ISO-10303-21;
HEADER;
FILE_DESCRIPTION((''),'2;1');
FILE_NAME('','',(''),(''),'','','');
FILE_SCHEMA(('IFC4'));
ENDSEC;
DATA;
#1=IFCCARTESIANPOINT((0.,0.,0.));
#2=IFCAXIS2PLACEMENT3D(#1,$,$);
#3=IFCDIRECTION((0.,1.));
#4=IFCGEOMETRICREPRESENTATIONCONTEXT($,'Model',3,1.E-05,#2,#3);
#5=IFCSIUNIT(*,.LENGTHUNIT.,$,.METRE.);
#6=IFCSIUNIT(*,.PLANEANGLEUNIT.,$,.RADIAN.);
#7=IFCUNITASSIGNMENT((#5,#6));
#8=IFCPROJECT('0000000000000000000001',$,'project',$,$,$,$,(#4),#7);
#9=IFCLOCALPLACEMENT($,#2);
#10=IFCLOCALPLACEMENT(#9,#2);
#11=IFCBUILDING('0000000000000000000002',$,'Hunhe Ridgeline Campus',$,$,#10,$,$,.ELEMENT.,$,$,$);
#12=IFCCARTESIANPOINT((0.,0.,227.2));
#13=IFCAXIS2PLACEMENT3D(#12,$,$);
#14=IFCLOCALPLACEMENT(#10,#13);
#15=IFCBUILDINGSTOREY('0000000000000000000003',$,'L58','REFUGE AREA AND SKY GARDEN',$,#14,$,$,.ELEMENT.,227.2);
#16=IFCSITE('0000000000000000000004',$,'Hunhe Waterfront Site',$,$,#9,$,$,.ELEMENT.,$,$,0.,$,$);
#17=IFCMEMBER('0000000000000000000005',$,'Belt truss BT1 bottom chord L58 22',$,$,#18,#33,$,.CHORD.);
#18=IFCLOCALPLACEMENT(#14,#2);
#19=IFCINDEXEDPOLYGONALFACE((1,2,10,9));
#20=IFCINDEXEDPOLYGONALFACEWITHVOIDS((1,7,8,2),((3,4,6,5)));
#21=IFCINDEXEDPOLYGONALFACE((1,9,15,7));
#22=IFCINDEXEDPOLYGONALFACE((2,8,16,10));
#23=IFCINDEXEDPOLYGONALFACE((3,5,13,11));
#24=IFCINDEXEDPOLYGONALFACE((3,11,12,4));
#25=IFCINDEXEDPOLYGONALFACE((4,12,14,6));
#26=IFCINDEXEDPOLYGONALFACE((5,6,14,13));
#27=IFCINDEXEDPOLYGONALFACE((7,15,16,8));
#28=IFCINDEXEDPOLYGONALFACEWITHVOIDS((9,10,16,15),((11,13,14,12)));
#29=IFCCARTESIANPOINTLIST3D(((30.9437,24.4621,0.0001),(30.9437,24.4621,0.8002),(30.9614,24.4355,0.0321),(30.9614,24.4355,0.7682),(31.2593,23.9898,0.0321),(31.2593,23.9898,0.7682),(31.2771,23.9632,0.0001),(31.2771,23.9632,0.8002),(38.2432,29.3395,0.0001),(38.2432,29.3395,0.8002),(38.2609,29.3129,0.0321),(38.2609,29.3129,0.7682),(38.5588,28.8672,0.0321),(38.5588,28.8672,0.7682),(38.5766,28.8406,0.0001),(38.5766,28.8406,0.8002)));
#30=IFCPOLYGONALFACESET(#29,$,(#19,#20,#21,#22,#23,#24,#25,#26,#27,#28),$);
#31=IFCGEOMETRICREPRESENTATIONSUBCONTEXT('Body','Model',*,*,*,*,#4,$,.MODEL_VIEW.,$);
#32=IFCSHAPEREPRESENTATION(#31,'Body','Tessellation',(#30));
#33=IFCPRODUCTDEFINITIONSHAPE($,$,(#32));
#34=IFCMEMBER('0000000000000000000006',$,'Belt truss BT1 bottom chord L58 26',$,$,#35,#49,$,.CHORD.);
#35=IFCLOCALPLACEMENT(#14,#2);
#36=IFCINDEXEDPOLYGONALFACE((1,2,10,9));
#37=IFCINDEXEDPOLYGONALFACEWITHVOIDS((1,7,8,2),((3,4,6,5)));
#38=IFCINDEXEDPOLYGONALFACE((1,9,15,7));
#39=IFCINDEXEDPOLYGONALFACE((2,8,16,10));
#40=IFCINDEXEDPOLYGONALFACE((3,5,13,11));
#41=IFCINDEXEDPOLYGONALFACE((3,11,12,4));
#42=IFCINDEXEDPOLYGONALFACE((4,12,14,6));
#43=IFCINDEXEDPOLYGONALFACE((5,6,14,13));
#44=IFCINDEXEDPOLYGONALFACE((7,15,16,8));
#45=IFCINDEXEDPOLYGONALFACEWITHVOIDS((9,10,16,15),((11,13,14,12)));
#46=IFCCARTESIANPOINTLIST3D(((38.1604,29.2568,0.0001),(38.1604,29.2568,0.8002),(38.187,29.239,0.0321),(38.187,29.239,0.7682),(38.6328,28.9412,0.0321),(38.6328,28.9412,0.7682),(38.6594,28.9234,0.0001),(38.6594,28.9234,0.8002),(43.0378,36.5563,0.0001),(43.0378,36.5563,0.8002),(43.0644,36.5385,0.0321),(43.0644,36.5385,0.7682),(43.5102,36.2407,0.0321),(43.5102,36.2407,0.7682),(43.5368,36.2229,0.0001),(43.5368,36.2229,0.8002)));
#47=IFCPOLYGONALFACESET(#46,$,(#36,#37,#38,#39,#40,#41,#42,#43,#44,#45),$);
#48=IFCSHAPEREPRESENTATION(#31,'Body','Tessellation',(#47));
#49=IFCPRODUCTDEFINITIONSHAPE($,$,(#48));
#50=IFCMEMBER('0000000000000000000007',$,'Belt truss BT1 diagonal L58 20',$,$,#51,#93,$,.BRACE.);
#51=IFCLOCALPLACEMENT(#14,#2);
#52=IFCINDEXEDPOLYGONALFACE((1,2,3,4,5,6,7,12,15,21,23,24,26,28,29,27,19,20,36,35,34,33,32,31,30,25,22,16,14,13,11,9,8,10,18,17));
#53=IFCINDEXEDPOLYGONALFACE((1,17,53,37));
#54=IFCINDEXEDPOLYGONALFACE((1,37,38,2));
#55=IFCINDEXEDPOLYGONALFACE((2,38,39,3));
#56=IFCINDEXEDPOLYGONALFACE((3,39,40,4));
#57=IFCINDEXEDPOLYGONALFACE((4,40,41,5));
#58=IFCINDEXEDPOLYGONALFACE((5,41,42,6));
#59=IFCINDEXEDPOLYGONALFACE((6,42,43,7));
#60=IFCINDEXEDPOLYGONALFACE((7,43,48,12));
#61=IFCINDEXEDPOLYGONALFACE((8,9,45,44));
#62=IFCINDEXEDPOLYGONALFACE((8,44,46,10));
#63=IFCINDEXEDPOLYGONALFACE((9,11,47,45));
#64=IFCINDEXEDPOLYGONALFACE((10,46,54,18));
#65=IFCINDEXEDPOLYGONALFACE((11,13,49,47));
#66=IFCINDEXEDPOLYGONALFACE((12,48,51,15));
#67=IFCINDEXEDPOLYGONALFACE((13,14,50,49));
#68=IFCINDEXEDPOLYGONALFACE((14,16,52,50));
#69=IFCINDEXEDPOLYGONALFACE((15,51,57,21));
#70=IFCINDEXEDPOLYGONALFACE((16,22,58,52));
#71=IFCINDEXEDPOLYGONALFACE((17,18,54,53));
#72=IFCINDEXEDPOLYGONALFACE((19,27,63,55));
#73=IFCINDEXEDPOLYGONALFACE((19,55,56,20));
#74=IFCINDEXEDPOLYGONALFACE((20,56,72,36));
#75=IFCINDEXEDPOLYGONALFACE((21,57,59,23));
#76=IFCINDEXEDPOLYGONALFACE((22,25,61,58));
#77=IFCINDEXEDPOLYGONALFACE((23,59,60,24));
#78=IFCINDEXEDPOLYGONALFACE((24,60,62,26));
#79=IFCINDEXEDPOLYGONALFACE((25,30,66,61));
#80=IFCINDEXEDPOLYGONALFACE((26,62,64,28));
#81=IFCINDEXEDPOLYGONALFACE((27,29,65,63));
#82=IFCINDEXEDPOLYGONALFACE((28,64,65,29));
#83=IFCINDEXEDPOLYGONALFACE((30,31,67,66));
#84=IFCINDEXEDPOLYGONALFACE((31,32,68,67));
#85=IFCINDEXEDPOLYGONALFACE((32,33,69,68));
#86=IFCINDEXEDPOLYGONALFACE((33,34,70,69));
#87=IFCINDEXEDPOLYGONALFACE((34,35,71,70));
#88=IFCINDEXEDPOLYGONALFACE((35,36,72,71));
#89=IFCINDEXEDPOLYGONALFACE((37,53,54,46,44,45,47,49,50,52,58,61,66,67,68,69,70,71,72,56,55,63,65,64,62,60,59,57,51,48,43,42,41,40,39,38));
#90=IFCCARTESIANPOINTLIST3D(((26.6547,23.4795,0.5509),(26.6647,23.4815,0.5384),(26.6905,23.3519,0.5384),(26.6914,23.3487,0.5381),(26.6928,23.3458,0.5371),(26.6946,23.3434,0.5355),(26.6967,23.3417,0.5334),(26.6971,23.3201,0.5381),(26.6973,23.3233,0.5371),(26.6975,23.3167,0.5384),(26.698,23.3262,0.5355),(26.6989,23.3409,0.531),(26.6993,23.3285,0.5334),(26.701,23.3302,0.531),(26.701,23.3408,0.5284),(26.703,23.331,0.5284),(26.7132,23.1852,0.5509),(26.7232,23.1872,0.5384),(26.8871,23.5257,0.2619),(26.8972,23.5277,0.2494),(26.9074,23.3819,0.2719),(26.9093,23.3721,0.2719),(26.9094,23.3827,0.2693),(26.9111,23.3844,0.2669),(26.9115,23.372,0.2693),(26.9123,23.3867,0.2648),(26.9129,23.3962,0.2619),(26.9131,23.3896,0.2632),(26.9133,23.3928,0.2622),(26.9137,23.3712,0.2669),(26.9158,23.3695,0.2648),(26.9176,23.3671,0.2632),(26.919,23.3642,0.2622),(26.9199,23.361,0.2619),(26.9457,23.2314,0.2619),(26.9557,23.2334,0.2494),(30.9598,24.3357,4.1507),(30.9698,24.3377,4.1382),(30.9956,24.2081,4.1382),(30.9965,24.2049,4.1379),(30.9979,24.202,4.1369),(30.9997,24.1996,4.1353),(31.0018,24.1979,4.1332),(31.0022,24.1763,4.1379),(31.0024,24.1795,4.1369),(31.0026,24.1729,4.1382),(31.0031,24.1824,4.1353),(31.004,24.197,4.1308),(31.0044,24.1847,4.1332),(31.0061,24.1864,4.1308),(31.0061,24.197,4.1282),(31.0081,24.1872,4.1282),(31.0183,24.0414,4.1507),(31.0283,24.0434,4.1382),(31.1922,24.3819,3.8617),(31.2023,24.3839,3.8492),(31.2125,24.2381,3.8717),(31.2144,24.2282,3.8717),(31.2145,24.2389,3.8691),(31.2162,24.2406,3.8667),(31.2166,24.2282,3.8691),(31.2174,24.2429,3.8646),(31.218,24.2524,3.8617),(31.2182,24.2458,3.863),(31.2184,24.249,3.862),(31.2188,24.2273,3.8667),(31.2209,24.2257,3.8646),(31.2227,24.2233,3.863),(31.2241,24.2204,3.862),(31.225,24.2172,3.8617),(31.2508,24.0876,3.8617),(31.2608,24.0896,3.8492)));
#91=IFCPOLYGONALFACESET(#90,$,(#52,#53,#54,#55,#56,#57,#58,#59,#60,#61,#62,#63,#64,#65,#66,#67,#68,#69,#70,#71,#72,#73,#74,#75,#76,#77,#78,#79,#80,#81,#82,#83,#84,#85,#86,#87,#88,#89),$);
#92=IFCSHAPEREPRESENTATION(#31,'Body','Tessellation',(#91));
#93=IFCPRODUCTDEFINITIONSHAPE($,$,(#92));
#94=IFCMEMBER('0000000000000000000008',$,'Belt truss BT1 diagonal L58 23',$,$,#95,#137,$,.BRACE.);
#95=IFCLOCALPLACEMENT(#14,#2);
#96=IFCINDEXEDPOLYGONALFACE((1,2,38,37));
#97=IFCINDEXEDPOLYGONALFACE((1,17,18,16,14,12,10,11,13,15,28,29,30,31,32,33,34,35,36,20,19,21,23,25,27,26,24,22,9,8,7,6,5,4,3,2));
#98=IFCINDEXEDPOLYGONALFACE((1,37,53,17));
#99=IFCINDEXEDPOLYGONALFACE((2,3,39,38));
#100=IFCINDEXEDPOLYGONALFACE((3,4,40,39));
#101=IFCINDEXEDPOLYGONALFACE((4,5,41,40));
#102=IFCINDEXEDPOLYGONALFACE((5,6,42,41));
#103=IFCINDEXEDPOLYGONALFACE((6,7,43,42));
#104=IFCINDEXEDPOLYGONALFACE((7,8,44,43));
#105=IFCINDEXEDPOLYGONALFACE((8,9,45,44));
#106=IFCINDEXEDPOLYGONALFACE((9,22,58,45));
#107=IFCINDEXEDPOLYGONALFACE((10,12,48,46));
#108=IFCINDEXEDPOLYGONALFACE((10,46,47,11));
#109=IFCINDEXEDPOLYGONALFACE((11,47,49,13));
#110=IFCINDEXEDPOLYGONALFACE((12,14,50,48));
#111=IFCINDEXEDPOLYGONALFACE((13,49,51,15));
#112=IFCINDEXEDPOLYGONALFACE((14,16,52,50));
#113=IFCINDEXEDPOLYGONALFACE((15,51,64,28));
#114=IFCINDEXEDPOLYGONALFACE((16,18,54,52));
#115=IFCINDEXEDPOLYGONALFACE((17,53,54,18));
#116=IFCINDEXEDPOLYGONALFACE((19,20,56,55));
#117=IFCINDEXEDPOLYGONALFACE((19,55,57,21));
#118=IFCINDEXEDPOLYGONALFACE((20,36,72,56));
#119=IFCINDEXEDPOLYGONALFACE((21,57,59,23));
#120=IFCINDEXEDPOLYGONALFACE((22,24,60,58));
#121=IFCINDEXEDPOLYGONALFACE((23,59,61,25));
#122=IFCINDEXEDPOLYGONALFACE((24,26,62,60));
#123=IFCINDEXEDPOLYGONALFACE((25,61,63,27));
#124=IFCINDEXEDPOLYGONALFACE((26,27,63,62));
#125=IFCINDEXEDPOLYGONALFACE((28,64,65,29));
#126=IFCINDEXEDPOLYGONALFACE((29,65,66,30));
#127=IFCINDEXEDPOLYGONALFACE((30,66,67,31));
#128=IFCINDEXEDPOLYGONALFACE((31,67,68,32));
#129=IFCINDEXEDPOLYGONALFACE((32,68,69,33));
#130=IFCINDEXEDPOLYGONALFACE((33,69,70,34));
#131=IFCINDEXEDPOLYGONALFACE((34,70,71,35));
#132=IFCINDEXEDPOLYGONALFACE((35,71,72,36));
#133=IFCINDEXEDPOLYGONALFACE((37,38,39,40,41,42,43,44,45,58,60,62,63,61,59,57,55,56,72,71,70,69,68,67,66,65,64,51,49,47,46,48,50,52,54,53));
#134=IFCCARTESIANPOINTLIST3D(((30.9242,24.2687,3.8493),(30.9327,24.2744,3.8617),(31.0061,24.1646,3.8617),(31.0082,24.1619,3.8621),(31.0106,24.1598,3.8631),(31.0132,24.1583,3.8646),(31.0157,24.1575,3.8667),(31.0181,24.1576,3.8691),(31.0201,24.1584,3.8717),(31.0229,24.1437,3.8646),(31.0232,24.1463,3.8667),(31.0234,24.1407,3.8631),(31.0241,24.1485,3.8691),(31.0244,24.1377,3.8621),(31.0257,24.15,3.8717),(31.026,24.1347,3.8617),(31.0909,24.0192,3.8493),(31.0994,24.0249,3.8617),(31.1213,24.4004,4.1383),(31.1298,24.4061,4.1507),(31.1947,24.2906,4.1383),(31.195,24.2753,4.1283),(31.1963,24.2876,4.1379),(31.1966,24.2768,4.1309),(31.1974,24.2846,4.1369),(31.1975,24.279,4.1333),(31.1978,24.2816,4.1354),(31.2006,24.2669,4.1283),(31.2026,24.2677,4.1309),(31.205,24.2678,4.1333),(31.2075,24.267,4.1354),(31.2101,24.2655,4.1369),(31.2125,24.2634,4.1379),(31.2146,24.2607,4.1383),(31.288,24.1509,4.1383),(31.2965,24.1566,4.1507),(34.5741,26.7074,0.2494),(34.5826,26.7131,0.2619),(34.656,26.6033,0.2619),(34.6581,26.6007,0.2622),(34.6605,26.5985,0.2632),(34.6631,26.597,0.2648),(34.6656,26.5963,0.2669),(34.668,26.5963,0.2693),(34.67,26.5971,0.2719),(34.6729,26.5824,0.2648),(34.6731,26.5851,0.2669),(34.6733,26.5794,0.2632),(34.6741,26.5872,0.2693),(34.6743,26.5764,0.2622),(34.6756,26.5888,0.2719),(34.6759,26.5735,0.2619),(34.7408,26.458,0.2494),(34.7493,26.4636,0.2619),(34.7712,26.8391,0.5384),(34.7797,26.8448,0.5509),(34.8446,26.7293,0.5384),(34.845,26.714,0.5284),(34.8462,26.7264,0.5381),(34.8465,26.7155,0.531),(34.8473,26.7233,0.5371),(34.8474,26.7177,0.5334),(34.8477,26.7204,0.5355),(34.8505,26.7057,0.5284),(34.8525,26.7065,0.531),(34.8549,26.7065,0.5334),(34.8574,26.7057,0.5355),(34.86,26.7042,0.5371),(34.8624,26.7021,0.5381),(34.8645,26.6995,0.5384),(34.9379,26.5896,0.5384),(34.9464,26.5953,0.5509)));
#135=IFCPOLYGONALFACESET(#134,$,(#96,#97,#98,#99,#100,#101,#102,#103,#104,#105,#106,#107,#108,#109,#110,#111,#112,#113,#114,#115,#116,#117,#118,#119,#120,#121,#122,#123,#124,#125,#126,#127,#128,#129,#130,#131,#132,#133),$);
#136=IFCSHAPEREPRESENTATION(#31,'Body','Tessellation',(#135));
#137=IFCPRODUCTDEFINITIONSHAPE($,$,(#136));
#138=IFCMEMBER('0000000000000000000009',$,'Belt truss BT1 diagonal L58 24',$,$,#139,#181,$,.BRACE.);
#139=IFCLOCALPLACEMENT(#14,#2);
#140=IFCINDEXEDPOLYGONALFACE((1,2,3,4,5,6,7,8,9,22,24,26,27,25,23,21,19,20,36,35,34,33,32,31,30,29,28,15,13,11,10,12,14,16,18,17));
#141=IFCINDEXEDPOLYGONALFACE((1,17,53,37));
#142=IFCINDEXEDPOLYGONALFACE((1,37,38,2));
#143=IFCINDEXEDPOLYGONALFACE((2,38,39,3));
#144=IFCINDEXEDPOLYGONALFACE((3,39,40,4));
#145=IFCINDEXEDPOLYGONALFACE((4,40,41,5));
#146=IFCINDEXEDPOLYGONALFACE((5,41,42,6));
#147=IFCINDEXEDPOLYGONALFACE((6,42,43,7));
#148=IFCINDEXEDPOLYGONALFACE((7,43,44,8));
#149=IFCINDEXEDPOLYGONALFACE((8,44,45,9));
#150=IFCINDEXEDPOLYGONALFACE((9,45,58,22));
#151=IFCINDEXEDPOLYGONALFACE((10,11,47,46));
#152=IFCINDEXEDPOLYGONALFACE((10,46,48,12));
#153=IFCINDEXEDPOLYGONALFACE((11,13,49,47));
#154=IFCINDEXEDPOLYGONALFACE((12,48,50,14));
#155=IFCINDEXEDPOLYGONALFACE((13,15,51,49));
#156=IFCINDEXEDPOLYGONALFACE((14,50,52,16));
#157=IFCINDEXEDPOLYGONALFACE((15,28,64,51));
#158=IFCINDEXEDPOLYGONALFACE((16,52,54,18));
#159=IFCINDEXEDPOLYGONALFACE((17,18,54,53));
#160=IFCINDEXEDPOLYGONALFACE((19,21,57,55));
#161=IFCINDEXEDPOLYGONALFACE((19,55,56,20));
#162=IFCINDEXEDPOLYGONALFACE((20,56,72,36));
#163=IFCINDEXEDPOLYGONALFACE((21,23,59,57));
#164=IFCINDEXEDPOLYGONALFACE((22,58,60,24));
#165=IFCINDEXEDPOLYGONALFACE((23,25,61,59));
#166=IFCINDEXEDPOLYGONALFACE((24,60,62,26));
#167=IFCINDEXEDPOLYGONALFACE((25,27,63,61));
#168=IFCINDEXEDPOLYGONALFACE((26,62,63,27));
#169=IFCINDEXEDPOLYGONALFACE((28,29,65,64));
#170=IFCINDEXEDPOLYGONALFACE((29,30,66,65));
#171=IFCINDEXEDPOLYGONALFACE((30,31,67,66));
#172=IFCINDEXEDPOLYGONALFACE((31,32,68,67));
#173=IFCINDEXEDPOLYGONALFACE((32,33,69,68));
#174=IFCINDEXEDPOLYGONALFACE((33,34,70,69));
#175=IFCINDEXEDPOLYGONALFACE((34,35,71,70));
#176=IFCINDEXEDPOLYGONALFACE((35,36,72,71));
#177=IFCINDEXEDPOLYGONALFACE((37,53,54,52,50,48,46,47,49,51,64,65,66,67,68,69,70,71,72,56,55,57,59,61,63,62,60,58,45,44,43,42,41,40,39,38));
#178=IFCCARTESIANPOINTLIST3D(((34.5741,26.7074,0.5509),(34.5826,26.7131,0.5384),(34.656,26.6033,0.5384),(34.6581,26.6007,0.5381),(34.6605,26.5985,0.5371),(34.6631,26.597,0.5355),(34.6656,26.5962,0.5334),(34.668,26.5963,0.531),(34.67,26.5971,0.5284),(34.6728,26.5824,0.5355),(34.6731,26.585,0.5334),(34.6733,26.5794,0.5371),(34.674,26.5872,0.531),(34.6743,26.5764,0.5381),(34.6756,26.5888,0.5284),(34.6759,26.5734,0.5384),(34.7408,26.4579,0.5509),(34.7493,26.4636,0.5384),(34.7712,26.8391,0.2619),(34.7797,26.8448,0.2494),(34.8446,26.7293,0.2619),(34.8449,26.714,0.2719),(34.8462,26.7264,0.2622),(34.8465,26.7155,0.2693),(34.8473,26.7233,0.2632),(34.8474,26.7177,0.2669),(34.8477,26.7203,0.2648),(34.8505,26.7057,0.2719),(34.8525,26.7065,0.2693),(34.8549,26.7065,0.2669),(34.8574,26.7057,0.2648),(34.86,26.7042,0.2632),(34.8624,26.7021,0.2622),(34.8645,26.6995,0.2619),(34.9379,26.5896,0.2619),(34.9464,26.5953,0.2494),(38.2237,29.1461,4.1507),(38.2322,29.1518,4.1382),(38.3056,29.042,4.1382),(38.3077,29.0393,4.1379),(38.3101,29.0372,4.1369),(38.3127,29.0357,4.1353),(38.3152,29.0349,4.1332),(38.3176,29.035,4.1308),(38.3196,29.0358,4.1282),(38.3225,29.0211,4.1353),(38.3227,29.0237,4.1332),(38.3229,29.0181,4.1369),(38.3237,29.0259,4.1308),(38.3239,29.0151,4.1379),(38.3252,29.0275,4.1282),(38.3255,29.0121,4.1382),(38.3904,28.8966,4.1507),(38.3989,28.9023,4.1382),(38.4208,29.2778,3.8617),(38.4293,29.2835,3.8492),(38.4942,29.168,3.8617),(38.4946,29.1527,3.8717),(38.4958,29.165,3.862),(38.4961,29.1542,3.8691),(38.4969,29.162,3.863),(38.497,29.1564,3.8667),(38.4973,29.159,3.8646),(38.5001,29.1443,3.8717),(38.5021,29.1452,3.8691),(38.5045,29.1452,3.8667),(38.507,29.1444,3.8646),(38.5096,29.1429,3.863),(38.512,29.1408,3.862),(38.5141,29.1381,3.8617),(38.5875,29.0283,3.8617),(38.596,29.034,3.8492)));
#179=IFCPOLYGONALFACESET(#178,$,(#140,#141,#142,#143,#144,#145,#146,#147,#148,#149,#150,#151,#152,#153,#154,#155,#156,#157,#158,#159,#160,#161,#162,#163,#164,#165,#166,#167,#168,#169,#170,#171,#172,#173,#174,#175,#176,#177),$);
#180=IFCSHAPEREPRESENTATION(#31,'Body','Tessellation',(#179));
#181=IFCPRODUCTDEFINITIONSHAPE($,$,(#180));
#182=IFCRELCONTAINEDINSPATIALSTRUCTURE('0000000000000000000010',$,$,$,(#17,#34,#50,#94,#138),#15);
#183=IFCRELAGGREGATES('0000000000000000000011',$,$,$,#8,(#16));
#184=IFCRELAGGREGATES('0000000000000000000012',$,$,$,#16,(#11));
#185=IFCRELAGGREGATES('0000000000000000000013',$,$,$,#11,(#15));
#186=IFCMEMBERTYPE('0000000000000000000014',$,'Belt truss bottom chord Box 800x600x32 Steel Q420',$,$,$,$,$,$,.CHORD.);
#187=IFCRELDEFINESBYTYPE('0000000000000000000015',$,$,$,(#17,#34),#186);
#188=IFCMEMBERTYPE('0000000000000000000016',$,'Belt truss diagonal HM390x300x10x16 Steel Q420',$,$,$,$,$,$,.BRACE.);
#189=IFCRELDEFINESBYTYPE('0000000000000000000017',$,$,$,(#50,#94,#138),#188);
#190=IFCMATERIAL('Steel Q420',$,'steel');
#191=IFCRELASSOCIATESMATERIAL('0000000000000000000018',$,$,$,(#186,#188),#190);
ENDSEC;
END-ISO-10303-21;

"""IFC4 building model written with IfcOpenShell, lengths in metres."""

from ifc_helpers import new_model, si_unit, direction, frame, origin, origin_2d, place, context, subcontext, project, spatial, hollow_rectangle, i_section, extrude, material, material_profile, profile_set, type_object, element, save


model = new_model("IFC4")

# Units and contexts
model_context = context("Model", 3, precision=1e-05, world=origin(), true_north=direction((0.0, 1.0)))
body_context = subcontext(model_context, "Body", "Model", "MODEL_VIEW")
ifc_project = project(units=[si_unit("LENGTHUNIT", "METRE"), si_unit("PLANEANGLEUNIT", "RADIAN")], contexts=[model_context])

# Site, building, storey
site_placement = place(None, origin())
site = spatial("IfcSite", under=ifc_project, at=site_placement, Name="Hunhe Waterfront Site", CompositionType="ELEMENT", RefElevation=0.0)
building_placement = place(site_placement, origin())
building = spatial("IfcBuilding", under=site, at=building_placement, Name="Hunhe Ridgeline Campus", CompositionType="ELEMENT")
storey_placement = place(building_placement, frame((0.0, 0.0, 227.2)))
storey = spatial("IfcBuildingStorey", under=building, at=storey_placement, Name="L58", Description="REFUGE AREA AND SKY GARDEN", CompositionType="ELEMENT", Elevation=227.2)

# Members
ifc_material_1 = material(Name="Steel Q420", Category="steel")
ifc_material_profile_1 = material_profile(ifc_material_1, hollow_rectangle(XDim=0.6001, YDim=0.8, WallThickness=0.032, at=origin_2d()))
ifc_profile_set_1 = profile_set([ifc_material_profile_1], Name="Steel Q420")
member_type_1 = type_object("IfcMemberType", Name="Belt truss bottom chord Box 800x600x32 Steel Q420", PredefinedType="CHORD", material=ifc_profile_set_1)
for number, where, z_axis, x_axis, name in (
    (1, (31.1104, 24.2126, 0.4001), (0.831468, 0.555573, 0.0), (-0.555573, 0.831468, 0.0), "Belt truss BT1 bottom chord L58 22"),
    (2, (38.4099, 29.0901, 0.4001), (0.555573, 0.831468, 0.0), (-0.831468, 0.555573, 0.0), "Belt truss BT1 bottom chord L58 26"),
):
    element("IfcMember", number, at=place(storey_placement, frame(where, z_axis=z_axis, x_axis=x_axis)), inside=storey, type_object=member_type_1, Name=name, PredefinedType="CHORD", context=body_context, shape_type="SweptSolid", body=[
        extrude(hollow_rectangle(XDim=0.6001, YDim=0.8, WallThickness=0.032, at=origin_2d()), origin(), (0.0, 0.0, 1.0), 8.7791),
    ])
ifc_material_profile_2 = material_profile(ifc_material_1, i_section(OverallWidth=0.3, OverallDepth=0.3899, WebThickness=0.01, FlangeThickness=0.0161, FilletRadius=0.0129, at=origin_2d()))
ifc_profile_set_2 = profile_set([ifc_material_profile_2], Name="Steel Q420")
member_type_2 = type_object("IfcMemberType", Name="Belt truss diagonal HM390x300x10x16 Steel Q420", PredefinedType="BRACE", material=ifc_profile_set_2)
member_1_placement = place(storey_placement, frame((26.8052, 23.3564, 0.4001), z_axis=(0.758375, 0.150823, 0.634129), x_axis=(-0.195057, 0.980792, 0.0)))
element("IfcMember", 3, at=member_1_placement, inside=storey, type_object=member_type_2, Name="Belt truss BT1 diagonal L58 20", PredefinedType="BRACE", context=body_context, shape_type="SweptSolid", body=[
    extrude(i_section(OverallWidth=0.3, OverallDepth=0.3899, WebThickness=0.01, FlangeThickness=0.0161, FilletRadius=0.0129, at=origin_2d()), origin(), (0.0, 0.0, 1.0), 5.6768),
])
member_2_placement = place(storey_placement, frame((31.1104, 24.2126, 4.0), z_axis=(0.64293, 0.429581, -0.634114), x_axis=(-0.55556, 0.831477, 0.0)))
element("IfcMember", 4, at=member_2_placement, inside=storey, type_object=member_type_2, Name="Belt truss BT1 diagonal L58 23", PredefinedType="BRACE", context=body_context, shape_type="SweptSolid", body=[
    extrude(i_section(OverallWidth=0.3, OverallDepth=0.3899, WebThickness=0.01, FlangeThickness=0.0161, FilletRadius=0.0129, at=origin_2d()), origin(), (0.0, 0.0, 1.0), 5.677),
])
for number, where, z_axis, x_axis, name in (
    (5, (34.7603, 26.6514, 0.4001), (0.642905, 0.429593, 0.634132), (-0.555586, 0.831459, 0.0), "Belt truss BT1 diagonal L58 24"),
):
    element("IfcMember", number, at=place(storey_placement, frame(where, z_axis=z_axis, x_axis=x_axis)), inside=storey, type_object=member_type_2, Name=name, PredefinedType="BRACE", context=body_context, shape_type="SweptSolid", body=[
        extrude(i_section(OverallWidth=0.3, OverallDepth=0.3899, WebThickness=0.01, FlangeThickness=0.0161, FilletRadius=0.0129, at=origin_2d()), origin(), (0.0, 0.0, 1.0), 5.6768),
    ])

save(model, "model.ifc")
